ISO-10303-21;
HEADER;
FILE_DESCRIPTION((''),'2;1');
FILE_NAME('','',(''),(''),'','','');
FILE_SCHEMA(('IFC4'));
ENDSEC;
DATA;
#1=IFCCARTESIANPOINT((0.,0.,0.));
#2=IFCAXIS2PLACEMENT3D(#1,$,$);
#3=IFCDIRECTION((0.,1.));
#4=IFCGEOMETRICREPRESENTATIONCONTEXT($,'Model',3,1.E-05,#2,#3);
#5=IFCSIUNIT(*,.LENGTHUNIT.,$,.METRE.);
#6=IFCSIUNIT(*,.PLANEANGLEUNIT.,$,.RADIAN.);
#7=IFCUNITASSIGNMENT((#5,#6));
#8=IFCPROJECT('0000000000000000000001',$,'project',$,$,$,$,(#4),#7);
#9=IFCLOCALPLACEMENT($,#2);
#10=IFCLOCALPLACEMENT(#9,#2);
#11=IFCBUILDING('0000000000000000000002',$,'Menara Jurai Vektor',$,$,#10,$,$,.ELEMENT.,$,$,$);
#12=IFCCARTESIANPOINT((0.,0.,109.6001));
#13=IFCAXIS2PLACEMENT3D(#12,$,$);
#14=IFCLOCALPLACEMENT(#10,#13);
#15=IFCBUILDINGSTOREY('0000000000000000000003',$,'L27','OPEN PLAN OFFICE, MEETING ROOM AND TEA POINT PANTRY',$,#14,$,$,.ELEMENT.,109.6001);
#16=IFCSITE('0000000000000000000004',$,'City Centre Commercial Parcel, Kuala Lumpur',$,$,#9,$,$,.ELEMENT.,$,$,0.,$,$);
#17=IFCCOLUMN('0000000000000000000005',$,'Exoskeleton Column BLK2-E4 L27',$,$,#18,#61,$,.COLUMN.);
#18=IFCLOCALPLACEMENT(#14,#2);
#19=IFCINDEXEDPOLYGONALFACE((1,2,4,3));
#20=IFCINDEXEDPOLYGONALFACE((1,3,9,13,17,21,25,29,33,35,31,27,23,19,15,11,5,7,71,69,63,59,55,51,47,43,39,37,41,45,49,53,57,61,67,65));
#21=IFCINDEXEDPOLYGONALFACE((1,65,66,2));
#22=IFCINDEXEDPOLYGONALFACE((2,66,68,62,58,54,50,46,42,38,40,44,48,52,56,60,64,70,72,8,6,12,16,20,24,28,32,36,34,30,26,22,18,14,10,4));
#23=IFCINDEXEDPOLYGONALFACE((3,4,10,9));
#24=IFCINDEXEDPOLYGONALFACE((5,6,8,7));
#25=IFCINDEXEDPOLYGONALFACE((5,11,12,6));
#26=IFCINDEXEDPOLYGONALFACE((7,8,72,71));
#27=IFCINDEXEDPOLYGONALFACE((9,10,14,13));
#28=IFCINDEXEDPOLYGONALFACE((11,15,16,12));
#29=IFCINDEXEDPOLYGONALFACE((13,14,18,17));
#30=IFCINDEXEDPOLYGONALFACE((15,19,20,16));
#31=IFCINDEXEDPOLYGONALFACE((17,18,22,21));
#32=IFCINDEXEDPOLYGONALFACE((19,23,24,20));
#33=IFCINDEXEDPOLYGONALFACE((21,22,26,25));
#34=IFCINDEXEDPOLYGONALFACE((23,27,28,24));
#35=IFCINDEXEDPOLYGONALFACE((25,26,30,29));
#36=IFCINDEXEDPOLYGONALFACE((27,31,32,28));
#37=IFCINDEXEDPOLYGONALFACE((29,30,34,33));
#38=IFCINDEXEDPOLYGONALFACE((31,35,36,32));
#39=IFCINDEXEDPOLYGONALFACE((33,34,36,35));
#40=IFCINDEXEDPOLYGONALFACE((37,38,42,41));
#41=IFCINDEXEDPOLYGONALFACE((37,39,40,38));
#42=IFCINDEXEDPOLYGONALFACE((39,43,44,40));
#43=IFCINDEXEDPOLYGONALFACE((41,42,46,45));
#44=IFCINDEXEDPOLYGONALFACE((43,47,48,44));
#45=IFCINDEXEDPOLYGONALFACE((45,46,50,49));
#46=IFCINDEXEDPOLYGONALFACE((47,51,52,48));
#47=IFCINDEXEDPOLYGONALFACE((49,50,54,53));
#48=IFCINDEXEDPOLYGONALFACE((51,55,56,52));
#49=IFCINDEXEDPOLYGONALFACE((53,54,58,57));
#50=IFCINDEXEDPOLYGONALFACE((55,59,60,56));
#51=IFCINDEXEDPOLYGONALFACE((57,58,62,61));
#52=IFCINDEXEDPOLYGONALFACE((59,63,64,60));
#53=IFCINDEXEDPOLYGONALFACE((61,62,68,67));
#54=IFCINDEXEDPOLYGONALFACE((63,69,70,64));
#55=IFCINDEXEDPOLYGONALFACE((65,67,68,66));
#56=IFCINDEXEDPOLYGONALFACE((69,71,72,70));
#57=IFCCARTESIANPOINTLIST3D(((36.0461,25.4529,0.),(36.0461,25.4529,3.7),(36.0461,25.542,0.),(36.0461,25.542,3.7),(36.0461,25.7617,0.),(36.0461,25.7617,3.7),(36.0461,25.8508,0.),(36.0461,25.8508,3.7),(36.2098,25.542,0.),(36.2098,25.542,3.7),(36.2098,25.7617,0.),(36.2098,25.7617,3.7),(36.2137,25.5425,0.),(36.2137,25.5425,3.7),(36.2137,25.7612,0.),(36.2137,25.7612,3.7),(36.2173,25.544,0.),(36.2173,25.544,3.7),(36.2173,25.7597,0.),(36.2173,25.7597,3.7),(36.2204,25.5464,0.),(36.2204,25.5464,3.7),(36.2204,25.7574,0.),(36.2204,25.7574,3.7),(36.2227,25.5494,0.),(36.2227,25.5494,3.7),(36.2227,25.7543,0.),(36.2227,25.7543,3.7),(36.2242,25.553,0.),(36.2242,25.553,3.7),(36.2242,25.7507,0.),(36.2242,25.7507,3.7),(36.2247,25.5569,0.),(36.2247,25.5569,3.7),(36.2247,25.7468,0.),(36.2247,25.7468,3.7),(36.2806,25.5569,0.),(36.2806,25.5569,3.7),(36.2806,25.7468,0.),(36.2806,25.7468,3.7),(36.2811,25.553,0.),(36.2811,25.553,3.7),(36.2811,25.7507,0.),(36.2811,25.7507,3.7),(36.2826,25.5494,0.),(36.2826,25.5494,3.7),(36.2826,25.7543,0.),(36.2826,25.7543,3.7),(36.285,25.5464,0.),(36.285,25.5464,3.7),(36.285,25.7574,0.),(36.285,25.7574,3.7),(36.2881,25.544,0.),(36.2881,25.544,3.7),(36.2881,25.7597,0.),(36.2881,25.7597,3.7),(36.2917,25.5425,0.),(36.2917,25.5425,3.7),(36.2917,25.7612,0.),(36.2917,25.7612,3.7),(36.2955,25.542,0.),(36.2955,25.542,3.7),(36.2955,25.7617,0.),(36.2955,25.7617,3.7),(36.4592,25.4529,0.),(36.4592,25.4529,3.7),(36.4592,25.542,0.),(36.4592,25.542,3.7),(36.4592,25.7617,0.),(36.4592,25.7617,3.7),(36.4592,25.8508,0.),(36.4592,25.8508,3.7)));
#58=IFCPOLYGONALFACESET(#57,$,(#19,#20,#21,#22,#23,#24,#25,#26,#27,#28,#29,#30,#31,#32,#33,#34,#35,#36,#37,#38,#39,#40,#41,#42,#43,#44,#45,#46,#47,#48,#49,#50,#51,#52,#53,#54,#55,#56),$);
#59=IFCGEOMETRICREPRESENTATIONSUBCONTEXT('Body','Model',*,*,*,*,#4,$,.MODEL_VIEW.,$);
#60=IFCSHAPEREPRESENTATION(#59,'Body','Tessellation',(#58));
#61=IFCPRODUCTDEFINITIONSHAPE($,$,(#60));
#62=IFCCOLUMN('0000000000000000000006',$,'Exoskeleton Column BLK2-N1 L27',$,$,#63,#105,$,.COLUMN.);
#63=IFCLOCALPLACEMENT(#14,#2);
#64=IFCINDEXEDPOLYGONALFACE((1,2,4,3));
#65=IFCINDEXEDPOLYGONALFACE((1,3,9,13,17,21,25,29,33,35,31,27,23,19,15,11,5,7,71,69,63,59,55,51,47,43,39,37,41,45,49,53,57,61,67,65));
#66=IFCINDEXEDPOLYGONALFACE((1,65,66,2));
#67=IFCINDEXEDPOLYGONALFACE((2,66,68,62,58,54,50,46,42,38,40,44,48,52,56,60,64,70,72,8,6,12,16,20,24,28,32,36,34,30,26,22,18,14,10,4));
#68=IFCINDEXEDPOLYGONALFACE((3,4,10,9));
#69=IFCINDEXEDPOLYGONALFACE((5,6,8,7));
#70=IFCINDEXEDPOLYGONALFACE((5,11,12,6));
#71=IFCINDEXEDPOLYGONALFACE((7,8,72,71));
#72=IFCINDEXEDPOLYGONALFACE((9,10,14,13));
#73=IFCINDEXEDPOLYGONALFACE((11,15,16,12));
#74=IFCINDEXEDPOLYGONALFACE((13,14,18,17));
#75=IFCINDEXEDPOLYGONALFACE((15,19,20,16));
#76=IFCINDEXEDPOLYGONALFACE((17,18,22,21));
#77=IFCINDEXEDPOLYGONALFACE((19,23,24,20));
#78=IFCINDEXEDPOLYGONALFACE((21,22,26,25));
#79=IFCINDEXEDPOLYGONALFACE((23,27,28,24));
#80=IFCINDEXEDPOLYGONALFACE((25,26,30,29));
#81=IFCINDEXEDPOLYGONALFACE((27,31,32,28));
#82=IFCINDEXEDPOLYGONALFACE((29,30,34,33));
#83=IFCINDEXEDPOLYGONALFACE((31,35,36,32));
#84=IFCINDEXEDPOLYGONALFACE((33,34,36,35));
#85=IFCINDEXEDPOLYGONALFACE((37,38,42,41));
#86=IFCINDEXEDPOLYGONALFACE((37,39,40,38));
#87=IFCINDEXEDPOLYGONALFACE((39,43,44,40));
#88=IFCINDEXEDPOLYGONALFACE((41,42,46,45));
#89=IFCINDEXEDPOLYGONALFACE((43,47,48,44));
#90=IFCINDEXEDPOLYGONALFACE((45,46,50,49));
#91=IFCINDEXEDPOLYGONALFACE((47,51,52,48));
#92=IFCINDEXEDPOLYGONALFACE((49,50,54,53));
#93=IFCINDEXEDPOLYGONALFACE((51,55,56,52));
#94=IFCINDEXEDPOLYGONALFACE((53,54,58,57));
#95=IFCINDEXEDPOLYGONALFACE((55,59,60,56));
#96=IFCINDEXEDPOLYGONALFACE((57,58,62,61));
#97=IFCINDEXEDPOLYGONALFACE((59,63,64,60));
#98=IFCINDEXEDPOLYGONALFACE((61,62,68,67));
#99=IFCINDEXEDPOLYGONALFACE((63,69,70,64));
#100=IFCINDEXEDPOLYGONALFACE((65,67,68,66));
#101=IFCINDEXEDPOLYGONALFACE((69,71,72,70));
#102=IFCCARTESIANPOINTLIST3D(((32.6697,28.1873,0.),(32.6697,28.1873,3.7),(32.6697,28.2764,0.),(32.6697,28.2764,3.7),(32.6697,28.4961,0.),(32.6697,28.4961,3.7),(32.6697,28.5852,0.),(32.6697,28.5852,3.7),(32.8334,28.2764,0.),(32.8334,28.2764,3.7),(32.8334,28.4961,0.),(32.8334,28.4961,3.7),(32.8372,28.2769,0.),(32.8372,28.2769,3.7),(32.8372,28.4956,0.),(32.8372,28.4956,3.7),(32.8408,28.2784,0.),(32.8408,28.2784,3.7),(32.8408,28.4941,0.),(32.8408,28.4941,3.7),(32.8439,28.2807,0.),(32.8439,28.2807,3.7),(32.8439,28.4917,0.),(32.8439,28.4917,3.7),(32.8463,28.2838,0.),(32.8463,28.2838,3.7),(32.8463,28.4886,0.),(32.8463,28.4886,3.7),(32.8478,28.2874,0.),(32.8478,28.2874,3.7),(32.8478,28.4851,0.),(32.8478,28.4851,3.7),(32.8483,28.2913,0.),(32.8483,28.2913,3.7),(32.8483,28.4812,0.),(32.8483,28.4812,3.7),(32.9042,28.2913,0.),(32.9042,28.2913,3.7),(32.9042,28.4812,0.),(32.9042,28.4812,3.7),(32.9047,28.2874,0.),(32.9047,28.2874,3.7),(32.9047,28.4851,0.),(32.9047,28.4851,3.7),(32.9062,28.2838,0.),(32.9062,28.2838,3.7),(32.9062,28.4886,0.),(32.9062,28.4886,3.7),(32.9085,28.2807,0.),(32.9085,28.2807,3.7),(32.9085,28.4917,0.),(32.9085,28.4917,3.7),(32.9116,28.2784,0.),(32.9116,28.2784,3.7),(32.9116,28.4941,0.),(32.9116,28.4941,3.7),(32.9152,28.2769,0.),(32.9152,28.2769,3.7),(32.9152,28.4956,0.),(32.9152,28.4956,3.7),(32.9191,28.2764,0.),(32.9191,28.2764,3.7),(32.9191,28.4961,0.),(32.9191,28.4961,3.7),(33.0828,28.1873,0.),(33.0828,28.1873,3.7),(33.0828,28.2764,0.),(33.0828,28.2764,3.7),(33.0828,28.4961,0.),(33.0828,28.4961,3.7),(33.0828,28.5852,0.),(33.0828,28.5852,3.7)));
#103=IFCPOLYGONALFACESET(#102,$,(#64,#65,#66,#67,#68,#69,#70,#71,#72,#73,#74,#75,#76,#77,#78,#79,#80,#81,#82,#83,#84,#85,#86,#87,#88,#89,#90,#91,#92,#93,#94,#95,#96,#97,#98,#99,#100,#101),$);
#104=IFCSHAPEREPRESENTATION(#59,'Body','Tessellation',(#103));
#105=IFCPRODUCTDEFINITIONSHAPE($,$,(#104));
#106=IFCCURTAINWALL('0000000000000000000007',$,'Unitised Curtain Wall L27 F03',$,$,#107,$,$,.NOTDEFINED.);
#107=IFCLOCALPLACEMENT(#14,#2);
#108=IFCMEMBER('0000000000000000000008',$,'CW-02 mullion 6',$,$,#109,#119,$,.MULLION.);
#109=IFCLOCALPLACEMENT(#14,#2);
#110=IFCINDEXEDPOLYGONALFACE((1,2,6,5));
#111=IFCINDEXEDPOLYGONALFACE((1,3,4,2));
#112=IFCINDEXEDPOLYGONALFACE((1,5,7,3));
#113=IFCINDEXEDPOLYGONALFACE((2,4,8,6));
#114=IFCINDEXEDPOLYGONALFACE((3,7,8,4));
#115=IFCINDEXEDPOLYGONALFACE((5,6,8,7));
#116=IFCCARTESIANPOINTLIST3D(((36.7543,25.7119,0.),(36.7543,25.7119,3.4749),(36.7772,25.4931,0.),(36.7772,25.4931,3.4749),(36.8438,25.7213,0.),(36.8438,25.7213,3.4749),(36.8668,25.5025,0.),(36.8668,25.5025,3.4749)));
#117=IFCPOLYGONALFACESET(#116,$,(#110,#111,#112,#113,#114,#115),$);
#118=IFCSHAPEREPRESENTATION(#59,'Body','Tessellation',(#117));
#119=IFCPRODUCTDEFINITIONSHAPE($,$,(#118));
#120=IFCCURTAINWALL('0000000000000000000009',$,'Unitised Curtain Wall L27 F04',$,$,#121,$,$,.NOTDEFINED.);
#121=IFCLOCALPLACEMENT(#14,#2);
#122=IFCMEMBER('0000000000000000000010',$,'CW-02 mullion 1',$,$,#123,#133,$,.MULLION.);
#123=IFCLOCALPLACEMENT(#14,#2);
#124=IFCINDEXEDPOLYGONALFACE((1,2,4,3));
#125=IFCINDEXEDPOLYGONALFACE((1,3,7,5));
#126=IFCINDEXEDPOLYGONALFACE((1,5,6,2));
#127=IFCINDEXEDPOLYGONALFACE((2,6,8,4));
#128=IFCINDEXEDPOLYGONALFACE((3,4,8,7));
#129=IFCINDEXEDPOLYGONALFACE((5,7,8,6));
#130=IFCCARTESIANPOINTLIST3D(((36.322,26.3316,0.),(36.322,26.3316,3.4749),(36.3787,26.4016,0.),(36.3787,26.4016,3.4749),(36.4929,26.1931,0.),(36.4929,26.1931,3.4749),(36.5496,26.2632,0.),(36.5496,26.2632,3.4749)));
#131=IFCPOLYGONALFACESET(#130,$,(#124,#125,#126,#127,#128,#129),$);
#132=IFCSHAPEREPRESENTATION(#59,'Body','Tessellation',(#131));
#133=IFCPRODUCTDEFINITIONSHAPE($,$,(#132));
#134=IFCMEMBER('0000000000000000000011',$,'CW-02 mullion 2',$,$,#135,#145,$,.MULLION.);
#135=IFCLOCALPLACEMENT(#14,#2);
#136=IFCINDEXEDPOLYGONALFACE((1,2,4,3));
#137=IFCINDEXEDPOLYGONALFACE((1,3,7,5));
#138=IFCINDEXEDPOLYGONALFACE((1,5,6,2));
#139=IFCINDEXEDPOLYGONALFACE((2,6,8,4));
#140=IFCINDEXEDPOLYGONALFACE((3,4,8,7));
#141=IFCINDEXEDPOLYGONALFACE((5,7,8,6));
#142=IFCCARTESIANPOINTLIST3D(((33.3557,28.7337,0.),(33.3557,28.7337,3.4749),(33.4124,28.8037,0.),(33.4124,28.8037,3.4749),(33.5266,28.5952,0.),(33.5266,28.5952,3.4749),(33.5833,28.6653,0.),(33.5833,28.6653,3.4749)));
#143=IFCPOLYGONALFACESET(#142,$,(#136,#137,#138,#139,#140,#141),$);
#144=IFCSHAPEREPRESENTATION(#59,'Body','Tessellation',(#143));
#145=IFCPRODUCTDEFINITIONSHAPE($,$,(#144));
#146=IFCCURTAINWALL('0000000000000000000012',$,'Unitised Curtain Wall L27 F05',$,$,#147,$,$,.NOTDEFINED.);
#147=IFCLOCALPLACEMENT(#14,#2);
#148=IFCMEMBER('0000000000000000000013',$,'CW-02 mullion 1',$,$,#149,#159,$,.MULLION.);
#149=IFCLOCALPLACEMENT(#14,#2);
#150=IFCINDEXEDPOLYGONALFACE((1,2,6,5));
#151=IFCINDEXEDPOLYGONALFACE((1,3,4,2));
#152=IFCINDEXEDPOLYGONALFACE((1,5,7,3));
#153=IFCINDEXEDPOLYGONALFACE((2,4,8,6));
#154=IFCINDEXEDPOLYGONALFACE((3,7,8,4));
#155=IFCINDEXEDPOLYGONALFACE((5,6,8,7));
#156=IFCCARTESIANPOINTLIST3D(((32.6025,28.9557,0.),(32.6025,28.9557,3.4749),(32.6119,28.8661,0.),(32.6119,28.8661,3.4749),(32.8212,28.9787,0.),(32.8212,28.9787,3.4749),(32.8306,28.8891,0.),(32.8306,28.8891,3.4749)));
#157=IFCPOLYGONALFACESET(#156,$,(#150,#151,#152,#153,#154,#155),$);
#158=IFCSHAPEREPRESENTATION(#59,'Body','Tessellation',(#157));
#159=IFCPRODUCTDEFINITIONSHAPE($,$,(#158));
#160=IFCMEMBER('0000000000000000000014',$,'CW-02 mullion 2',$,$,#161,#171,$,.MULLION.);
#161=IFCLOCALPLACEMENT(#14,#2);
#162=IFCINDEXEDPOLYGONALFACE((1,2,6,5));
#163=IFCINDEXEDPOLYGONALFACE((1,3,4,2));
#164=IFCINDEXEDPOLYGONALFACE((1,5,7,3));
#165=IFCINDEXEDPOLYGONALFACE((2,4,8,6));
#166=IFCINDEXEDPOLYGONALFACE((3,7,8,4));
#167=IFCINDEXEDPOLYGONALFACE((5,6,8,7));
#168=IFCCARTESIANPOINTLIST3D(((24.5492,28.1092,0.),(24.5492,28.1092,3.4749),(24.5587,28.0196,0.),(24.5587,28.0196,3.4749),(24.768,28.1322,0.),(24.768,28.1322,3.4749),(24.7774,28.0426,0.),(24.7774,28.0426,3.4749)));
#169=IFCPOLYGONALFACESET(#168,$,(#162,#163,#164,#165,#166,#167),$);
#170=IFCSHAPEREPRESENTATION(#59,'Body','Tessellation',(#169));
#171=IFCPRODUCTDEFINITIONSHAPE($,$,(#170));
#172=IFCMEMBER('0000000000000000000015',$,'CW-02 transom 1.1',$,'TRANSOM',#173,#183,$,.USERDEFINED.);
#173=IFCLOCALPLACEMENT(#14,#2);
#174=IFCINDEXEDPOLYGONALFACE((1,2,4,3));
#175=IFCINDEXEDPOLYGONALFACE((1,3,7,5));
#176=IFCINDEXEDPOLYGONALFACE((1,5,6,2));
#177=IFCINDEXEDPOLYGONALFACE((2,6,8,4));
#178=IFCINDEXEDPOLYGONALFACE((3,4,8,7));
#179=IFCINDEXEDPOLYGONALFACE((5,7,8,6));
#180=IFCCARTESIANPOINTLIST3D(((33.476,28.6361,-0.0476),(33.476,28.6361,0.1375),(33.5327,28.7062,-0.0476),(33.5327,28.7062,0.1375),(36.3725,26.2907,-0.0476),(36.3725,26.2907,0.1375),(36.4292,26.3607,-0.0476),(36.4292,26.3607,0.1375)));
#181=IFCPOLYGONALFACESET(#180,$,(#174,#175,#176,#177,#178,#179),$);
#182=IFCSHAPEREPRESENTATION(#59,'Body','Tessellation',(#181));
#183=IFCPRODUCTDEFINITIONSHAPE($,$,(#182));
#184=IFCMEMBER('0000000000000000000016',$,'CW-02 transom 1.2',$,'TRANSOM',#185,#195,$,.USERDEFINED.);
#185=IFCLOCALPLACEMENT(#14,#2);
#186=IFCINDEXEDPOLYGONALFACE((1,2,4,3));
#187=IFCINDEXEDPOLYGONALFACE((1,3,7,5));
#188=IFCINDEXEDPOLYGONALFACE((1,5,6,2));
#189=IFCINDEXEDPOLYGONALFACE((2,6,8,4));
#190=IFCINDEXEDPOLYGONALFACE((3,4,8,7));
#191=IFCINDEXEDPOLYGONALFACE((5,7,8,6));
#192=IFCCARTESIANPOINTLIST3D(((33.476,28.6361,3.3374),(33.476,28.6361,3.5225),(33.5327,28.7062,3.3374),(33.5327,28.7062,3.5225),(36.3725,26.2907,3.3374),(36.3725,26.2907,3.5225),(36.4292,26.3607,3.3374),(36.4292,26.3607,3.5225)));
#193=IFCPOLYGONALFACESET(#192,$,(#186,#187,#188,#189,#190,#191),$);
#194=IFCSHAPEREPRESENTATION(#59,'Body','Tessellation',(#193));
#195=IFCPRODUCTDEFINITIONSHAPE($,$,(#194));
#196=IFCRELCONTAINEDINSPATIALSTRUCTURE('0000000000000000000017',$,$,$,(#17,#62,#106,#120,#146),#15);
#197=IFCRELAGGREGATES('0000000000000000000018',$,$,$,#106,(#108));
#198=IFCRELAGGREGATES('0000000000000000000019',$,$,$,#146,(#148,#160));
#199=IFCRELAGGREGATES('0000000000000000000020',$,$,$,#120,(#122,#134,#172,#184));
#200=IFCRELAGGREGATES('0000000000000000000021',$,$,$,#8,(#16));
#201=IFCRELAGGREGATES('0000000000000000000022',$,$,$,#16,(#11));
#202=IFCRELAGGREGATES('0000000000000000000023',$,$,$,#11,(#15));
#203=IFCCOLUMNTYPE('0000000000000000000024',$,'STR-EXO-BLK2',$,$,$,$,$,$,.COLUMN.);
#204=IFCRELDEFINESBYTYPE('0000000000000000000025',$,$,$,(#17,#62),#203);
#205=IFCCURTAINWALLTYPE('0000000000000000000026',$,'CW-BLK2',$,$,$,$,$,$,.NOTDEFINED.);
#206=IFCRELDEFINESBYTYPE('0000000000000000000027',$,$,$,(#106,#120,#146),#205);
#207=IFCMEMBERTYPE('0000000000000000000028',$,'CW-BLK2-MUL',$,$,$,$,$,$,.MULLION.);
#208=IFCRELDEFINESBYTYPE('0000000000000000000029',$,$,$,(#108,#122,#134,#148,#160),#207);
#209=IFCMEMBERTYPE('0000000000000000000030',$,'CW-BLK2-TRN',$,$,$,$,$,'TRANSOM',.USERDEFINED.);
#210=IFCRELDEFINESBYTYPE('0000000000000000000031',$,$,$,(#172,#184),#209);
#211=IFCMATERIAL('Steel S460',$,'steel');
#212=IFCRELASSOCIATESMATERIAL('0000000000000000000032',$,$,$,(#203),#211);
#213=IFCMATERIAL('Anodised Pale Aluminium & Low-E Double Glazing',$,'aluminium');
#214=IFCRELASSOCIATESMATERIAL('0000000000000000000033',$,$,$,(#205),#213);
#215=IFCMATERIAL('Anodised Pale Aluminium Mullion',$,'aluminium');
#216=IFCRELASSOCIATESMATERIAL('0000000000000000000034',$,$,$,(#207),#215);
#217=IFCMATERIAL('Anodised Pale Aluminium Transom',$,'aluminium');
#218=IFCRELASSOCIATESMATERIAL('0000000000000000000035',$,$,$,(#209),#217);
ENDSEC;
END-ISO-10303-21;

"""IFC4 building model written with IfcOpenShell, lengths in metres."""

from ifc_helpers import new_model, si_unit, direction, frame, origin, origin_2d, place, context, subcontext, project, spatial, rectangle, i_section, extrude, material, material_profile, profile_set, type_object, element, aggregate, save


model = new_model("IFC4")

# Units and contexts
model_context = context("Model", 3, precision=1e-05, world=origin(), true_north=direction((0.0, 1.0)))
body_context = subcontext(model_context, "Body", "Model", "MODEL_VIEW")
ifc_project = project(units=[si_unit("LENGTHUNIT", "METRE"), si_unit("PLANEANGLEUNIT", "RADIAN")], contexts=[model_context])

# Site, building, storey
site_placement = place(None, origin())
site = spatial("IfcSite", under=ifc_project, at=site_placement, Name="City Centre Commercial Parcel, Kuala Lumpur", CompositionType="ELEMENT", RefElevation=0.0)
building_placement = place(site_placement, origin())
building = spatial("IfcBuilding", under=site, at=building_placement, Name="Menara Jurai Vektor", CompositionType="ELEMENT")
storey_placement = place(building_placement, frame((0.0, 0.0, 109.6001)))
storey = spatial("IfcBuildingStorey", under=building, at=storey_placement, Name="L27", Description="OPEN PLAN OFFICE, MEETING ROOM AND TEA POINT PANTRY", CompositionType="ELEMENT", Elevation=109.6001)

# Columns
ifc_material_1 = material(Name="Steel S460", Category="steel")
ifc_material_profile_1 = material_profile(ifc_material_1, i_section(OverallWidth=0.4131, OverallDepth=0.3979, WebThickness=0.0559, FlangeThickness=0.0891, FilletRadius=0.0149, at=origin_2d()), Name="HD 400x744")
ifc_profile_set_1 = profile_set([ifc_material_profile_1], Name="Steel S460")
column_type = type_object("IfcColumnType", Name="STR-EXO-BLK2", PredefinedType="COLUMN", material=ifc_profile_set_1)
for number, where, z_axis, x_axis, name in (
    (1, (36.2527, 25.6519, 0.0), (0.0, 0.0, 1.0), (1.0, 0.0, 0.0), "Exoskeleton Column BLK2-E4 L27"),
    (2, (32.8762, 28.3862, 0.0), (0.0, 0.0, 1.0), (1.0, 0.0, 0.0), "Exoskeleton Column BLK2-N1 L27"),
):
    element("IfcColumn", number, at=place(storey_placement, frame(where, z_axis=z_axis, x_axis=x_axis)), inside=storey, type_object=column_type, Name=name, PredefinedType="COLUMN", context=body_context, shape_type="SweptSolid", body=[
        extrude(i_section(OverallWidth=0.4131, OverallDepth=0.3979, WebThickness=0.0559, FlangeThickness=0.0891, FilletRadius=0.0149, at=origin_2d()), origin(), (0.0, 0.0, 1.0), 3.7),
    ])

# Curtain wall, member
ifc_material_2 = material(Name="Anodised Pale Aluminium & Low-E Double Glazing", Category="aluminium")
curtain_wall_type = type_object("IfcCurtainWallType", Name="CW-BLK2", PredefinedType="NOTDEFINED", material=ifc_material_2)
curtain_wall_1_placement = place(storey_placement, origin())
curtain_wall_1 = element("IfcCurtainWall", 3, at=curtain_wall_1_placement, inside=storey, type_object=curtain_wall_type, Name="Unitised Curtain Wall L27 F03", PredefinedType="NOTDEFINED")
ifc_material_3 = material(Name="Anodised Pale Aluminium Mullion", Category="aluminium")
ifc_material_profile_2 = material_profile(ifc_material_3, rectangle(XDim=0.0901, YDim=0.22, at=origin_2d()), Name="ALU MUL 90x220")
ifc_profile_set_2 = profile_set([ifc_material_profile_2], Name="Anodised Pale Aluminium Mullion")
member_type_1 = type_object("IfcMemberType", Name="CW-BLK2-MUL", PredefinedType="MULLION", material=ifc_profile_set_2)
member_1_placement = place(storey_placement, frame((36.8105, 25.6072, 0.0), z_axis=(0.0, 0.0, 1.0), x_axis=(-0.994522, -0.10453, 0.0)))
member_1 = element("IfcMember", 4, at=member_1_placement, type_object=member_type_1, Name="CW-02 mullion 6", PredefinedType="MULLION", context=body_context, shape_type="SweptSolid", body=[
    extrude(rectangle(XDim=0.0901, YDim=0.22, at=origin_2d()), origin(), (0.0, 0.0, 1.0), 3.4749),
])

# Curtain walls, members
curtain_wall_2_placement = place(storey_placement, origin())
curtain_wall_2 = element("IfcCurtainWall", 5, at=curtain_wall_2_placement, inside=storey, type_object=curtain_wall_type, Name="Unitised Curtain Wall L27 F04", PredefinedType="NOTDEFINED")
member_2_placement = place(storey_placement, frame((36.4358, 26.2974, 0.0), z_axis=(0.0, 0.0, 1.0), x_axis=(-0.629313, -0.777152, 0.0)))
member_2 = element("IfcMember", 6, at=member_2_placement, type_object=member_type_1, Name="CW-02 mullion 1", PredefinedType="MULLION", context=body_context, shape_type="SweptSolid", body=[
    extrude(rectangle(XDim=0.0901, YDim=0.22, at=origin_2d()), origin(), (0.0, 0.0, 1.0), 3.4749),
])
member_3_placement = place(storey_placement, frame((33.4695, 28.6995, 0.0), z_axis=(0.0, 0.0, 1.0), x_axis=(-0.629313, -0.777152, 0.0)))
member_3 = element("IfcMember", 7, at=member_3_placement, type_object=member_type_1, Name="CW-02 mullion 2", PredefinedType="MULLION", context=body_context, shape_type="SweptSolid", body=[
    extrude(rectangle(XDim=0.0901, YDim=0.22, at=origin_2d()), origin(), (0.0, 0.0, 1.0), 3.4749),
])
curtain_wall_3_placement = place(storey_placement, origin())
curtain_wall_3 = element("IfcCurtainWall", 8, at=curtain_wall_3_placement, inside=storey, type_object=curtain_wall_type, Name="Unitised Curtain Wall L27 F05", PredefinedType="NOTDEFINED")
member_4_placement = place(storey_placement, frame((32.7166, 28.9224, 0.0), z_axis=(0.0, 0.0, 1.0), x_axis=(0.104529, -0.994522, 0.0)))
member_4 = element("IfcMember", 9, at=member_4_placement, type_object=member_type_1, Name="CW-02 mullion 1", PredefinedType="MULLION", context=body_context, shape_type="SweptSolid", body=[
    extrude(rectangle(XDim=0.0901, YDim=0.22, at=origin_2d()), origin(), (0.0, 0.0, 1.0), 3.4749),
])
member_5_placement = place(storey_placement, frame((24.6633, 28.0759, 0.0), z_axis=(0.0, 0.0, 1.0), x_axis=(0.104529, -0.994522, 0.0)))
member_5 = element("IfcMember", 10, at=member_5_placement, type_object=member_type_1, Name="CW-02 mullion 2", PredefinedType="MULLION", context=body_context, shape_type="SweptSolid", body=[
    extrude(rectangle(XDim=0.0901, YDim=0.22, at=origin_2d()), origin(), (0.0, 0.0, 1.0), 3.4749),
])

# Members
ifc_material_4 = material(Name="Anodised Pale Aluminium Transom", Category="aluminium")
ifc_material_profile_3 = material_profile(ifc_material_4, rectangle(XDim=0.0901, YDim=0.1851, at=origin_2d()), Name="ALU TRN 90x185")
ifc_profile_set_3 = profile_set([ifc_material_profile_3], Name="Anodised Pale Aluminium Transom")
member_type_2 = type_object("IfcMemberType", Name="CW-BLK2-TRN", ElementType="TRANSOM", PredefinedType="USERDEFINED", material=ifc_profile_set_3)
member_6_placement = place(storey_placement, frame((36.4009, 26.3257, 0.0449), z_axis=(-0.777155, 0.629309, 0.0), x_axis=(-0.629309, -0.777155, 0.0)))
member_6 = element("IfcMember", 11, at=member_6_placement, type_object=member_type_2, Name="CW-02 transom 1.1", ObjectType="TRANSOM", PredefinedType="USERDEFINED", context=body_context, shape_type="SweptSolid", body=[
    extrude(rectangle(XDim=0.0901, YDim=0.1851, at=origin_2d()), origin(), (0.0, 0.0, 1.0), 3.7271),
])
member_7_placement = place(storey_placement, frame((36.4009, 26.3257, 3.4299), z_axis=(-0.777155, 0.629309, 0.0), x_axis=(-0.629309, -0.777155, 0.0)))
member_7 = element("IfcMember", 12, at=member_7_placement, type_object=member_type_2, Name="CW-02 transom 1.2", ObjectType="TRANSOM", PredefinedType="USERDEFINED", context=body_context, shape_type="SweptSolid", body=[
    extrude(rectangle(XDim=0.0901, YDim=0.1851, at=origin_2d()), origin(), (0.0, 0.0, 1.0), 3.7271),
])

aggregate(curtain_wall_1, [member_1])
aggregate(curtain_wall_3, [member_4, member_5])
aggregate(curtain_wall_2, [member_2, member_3, member_6, member_7])

save(model, "model.ifc")
